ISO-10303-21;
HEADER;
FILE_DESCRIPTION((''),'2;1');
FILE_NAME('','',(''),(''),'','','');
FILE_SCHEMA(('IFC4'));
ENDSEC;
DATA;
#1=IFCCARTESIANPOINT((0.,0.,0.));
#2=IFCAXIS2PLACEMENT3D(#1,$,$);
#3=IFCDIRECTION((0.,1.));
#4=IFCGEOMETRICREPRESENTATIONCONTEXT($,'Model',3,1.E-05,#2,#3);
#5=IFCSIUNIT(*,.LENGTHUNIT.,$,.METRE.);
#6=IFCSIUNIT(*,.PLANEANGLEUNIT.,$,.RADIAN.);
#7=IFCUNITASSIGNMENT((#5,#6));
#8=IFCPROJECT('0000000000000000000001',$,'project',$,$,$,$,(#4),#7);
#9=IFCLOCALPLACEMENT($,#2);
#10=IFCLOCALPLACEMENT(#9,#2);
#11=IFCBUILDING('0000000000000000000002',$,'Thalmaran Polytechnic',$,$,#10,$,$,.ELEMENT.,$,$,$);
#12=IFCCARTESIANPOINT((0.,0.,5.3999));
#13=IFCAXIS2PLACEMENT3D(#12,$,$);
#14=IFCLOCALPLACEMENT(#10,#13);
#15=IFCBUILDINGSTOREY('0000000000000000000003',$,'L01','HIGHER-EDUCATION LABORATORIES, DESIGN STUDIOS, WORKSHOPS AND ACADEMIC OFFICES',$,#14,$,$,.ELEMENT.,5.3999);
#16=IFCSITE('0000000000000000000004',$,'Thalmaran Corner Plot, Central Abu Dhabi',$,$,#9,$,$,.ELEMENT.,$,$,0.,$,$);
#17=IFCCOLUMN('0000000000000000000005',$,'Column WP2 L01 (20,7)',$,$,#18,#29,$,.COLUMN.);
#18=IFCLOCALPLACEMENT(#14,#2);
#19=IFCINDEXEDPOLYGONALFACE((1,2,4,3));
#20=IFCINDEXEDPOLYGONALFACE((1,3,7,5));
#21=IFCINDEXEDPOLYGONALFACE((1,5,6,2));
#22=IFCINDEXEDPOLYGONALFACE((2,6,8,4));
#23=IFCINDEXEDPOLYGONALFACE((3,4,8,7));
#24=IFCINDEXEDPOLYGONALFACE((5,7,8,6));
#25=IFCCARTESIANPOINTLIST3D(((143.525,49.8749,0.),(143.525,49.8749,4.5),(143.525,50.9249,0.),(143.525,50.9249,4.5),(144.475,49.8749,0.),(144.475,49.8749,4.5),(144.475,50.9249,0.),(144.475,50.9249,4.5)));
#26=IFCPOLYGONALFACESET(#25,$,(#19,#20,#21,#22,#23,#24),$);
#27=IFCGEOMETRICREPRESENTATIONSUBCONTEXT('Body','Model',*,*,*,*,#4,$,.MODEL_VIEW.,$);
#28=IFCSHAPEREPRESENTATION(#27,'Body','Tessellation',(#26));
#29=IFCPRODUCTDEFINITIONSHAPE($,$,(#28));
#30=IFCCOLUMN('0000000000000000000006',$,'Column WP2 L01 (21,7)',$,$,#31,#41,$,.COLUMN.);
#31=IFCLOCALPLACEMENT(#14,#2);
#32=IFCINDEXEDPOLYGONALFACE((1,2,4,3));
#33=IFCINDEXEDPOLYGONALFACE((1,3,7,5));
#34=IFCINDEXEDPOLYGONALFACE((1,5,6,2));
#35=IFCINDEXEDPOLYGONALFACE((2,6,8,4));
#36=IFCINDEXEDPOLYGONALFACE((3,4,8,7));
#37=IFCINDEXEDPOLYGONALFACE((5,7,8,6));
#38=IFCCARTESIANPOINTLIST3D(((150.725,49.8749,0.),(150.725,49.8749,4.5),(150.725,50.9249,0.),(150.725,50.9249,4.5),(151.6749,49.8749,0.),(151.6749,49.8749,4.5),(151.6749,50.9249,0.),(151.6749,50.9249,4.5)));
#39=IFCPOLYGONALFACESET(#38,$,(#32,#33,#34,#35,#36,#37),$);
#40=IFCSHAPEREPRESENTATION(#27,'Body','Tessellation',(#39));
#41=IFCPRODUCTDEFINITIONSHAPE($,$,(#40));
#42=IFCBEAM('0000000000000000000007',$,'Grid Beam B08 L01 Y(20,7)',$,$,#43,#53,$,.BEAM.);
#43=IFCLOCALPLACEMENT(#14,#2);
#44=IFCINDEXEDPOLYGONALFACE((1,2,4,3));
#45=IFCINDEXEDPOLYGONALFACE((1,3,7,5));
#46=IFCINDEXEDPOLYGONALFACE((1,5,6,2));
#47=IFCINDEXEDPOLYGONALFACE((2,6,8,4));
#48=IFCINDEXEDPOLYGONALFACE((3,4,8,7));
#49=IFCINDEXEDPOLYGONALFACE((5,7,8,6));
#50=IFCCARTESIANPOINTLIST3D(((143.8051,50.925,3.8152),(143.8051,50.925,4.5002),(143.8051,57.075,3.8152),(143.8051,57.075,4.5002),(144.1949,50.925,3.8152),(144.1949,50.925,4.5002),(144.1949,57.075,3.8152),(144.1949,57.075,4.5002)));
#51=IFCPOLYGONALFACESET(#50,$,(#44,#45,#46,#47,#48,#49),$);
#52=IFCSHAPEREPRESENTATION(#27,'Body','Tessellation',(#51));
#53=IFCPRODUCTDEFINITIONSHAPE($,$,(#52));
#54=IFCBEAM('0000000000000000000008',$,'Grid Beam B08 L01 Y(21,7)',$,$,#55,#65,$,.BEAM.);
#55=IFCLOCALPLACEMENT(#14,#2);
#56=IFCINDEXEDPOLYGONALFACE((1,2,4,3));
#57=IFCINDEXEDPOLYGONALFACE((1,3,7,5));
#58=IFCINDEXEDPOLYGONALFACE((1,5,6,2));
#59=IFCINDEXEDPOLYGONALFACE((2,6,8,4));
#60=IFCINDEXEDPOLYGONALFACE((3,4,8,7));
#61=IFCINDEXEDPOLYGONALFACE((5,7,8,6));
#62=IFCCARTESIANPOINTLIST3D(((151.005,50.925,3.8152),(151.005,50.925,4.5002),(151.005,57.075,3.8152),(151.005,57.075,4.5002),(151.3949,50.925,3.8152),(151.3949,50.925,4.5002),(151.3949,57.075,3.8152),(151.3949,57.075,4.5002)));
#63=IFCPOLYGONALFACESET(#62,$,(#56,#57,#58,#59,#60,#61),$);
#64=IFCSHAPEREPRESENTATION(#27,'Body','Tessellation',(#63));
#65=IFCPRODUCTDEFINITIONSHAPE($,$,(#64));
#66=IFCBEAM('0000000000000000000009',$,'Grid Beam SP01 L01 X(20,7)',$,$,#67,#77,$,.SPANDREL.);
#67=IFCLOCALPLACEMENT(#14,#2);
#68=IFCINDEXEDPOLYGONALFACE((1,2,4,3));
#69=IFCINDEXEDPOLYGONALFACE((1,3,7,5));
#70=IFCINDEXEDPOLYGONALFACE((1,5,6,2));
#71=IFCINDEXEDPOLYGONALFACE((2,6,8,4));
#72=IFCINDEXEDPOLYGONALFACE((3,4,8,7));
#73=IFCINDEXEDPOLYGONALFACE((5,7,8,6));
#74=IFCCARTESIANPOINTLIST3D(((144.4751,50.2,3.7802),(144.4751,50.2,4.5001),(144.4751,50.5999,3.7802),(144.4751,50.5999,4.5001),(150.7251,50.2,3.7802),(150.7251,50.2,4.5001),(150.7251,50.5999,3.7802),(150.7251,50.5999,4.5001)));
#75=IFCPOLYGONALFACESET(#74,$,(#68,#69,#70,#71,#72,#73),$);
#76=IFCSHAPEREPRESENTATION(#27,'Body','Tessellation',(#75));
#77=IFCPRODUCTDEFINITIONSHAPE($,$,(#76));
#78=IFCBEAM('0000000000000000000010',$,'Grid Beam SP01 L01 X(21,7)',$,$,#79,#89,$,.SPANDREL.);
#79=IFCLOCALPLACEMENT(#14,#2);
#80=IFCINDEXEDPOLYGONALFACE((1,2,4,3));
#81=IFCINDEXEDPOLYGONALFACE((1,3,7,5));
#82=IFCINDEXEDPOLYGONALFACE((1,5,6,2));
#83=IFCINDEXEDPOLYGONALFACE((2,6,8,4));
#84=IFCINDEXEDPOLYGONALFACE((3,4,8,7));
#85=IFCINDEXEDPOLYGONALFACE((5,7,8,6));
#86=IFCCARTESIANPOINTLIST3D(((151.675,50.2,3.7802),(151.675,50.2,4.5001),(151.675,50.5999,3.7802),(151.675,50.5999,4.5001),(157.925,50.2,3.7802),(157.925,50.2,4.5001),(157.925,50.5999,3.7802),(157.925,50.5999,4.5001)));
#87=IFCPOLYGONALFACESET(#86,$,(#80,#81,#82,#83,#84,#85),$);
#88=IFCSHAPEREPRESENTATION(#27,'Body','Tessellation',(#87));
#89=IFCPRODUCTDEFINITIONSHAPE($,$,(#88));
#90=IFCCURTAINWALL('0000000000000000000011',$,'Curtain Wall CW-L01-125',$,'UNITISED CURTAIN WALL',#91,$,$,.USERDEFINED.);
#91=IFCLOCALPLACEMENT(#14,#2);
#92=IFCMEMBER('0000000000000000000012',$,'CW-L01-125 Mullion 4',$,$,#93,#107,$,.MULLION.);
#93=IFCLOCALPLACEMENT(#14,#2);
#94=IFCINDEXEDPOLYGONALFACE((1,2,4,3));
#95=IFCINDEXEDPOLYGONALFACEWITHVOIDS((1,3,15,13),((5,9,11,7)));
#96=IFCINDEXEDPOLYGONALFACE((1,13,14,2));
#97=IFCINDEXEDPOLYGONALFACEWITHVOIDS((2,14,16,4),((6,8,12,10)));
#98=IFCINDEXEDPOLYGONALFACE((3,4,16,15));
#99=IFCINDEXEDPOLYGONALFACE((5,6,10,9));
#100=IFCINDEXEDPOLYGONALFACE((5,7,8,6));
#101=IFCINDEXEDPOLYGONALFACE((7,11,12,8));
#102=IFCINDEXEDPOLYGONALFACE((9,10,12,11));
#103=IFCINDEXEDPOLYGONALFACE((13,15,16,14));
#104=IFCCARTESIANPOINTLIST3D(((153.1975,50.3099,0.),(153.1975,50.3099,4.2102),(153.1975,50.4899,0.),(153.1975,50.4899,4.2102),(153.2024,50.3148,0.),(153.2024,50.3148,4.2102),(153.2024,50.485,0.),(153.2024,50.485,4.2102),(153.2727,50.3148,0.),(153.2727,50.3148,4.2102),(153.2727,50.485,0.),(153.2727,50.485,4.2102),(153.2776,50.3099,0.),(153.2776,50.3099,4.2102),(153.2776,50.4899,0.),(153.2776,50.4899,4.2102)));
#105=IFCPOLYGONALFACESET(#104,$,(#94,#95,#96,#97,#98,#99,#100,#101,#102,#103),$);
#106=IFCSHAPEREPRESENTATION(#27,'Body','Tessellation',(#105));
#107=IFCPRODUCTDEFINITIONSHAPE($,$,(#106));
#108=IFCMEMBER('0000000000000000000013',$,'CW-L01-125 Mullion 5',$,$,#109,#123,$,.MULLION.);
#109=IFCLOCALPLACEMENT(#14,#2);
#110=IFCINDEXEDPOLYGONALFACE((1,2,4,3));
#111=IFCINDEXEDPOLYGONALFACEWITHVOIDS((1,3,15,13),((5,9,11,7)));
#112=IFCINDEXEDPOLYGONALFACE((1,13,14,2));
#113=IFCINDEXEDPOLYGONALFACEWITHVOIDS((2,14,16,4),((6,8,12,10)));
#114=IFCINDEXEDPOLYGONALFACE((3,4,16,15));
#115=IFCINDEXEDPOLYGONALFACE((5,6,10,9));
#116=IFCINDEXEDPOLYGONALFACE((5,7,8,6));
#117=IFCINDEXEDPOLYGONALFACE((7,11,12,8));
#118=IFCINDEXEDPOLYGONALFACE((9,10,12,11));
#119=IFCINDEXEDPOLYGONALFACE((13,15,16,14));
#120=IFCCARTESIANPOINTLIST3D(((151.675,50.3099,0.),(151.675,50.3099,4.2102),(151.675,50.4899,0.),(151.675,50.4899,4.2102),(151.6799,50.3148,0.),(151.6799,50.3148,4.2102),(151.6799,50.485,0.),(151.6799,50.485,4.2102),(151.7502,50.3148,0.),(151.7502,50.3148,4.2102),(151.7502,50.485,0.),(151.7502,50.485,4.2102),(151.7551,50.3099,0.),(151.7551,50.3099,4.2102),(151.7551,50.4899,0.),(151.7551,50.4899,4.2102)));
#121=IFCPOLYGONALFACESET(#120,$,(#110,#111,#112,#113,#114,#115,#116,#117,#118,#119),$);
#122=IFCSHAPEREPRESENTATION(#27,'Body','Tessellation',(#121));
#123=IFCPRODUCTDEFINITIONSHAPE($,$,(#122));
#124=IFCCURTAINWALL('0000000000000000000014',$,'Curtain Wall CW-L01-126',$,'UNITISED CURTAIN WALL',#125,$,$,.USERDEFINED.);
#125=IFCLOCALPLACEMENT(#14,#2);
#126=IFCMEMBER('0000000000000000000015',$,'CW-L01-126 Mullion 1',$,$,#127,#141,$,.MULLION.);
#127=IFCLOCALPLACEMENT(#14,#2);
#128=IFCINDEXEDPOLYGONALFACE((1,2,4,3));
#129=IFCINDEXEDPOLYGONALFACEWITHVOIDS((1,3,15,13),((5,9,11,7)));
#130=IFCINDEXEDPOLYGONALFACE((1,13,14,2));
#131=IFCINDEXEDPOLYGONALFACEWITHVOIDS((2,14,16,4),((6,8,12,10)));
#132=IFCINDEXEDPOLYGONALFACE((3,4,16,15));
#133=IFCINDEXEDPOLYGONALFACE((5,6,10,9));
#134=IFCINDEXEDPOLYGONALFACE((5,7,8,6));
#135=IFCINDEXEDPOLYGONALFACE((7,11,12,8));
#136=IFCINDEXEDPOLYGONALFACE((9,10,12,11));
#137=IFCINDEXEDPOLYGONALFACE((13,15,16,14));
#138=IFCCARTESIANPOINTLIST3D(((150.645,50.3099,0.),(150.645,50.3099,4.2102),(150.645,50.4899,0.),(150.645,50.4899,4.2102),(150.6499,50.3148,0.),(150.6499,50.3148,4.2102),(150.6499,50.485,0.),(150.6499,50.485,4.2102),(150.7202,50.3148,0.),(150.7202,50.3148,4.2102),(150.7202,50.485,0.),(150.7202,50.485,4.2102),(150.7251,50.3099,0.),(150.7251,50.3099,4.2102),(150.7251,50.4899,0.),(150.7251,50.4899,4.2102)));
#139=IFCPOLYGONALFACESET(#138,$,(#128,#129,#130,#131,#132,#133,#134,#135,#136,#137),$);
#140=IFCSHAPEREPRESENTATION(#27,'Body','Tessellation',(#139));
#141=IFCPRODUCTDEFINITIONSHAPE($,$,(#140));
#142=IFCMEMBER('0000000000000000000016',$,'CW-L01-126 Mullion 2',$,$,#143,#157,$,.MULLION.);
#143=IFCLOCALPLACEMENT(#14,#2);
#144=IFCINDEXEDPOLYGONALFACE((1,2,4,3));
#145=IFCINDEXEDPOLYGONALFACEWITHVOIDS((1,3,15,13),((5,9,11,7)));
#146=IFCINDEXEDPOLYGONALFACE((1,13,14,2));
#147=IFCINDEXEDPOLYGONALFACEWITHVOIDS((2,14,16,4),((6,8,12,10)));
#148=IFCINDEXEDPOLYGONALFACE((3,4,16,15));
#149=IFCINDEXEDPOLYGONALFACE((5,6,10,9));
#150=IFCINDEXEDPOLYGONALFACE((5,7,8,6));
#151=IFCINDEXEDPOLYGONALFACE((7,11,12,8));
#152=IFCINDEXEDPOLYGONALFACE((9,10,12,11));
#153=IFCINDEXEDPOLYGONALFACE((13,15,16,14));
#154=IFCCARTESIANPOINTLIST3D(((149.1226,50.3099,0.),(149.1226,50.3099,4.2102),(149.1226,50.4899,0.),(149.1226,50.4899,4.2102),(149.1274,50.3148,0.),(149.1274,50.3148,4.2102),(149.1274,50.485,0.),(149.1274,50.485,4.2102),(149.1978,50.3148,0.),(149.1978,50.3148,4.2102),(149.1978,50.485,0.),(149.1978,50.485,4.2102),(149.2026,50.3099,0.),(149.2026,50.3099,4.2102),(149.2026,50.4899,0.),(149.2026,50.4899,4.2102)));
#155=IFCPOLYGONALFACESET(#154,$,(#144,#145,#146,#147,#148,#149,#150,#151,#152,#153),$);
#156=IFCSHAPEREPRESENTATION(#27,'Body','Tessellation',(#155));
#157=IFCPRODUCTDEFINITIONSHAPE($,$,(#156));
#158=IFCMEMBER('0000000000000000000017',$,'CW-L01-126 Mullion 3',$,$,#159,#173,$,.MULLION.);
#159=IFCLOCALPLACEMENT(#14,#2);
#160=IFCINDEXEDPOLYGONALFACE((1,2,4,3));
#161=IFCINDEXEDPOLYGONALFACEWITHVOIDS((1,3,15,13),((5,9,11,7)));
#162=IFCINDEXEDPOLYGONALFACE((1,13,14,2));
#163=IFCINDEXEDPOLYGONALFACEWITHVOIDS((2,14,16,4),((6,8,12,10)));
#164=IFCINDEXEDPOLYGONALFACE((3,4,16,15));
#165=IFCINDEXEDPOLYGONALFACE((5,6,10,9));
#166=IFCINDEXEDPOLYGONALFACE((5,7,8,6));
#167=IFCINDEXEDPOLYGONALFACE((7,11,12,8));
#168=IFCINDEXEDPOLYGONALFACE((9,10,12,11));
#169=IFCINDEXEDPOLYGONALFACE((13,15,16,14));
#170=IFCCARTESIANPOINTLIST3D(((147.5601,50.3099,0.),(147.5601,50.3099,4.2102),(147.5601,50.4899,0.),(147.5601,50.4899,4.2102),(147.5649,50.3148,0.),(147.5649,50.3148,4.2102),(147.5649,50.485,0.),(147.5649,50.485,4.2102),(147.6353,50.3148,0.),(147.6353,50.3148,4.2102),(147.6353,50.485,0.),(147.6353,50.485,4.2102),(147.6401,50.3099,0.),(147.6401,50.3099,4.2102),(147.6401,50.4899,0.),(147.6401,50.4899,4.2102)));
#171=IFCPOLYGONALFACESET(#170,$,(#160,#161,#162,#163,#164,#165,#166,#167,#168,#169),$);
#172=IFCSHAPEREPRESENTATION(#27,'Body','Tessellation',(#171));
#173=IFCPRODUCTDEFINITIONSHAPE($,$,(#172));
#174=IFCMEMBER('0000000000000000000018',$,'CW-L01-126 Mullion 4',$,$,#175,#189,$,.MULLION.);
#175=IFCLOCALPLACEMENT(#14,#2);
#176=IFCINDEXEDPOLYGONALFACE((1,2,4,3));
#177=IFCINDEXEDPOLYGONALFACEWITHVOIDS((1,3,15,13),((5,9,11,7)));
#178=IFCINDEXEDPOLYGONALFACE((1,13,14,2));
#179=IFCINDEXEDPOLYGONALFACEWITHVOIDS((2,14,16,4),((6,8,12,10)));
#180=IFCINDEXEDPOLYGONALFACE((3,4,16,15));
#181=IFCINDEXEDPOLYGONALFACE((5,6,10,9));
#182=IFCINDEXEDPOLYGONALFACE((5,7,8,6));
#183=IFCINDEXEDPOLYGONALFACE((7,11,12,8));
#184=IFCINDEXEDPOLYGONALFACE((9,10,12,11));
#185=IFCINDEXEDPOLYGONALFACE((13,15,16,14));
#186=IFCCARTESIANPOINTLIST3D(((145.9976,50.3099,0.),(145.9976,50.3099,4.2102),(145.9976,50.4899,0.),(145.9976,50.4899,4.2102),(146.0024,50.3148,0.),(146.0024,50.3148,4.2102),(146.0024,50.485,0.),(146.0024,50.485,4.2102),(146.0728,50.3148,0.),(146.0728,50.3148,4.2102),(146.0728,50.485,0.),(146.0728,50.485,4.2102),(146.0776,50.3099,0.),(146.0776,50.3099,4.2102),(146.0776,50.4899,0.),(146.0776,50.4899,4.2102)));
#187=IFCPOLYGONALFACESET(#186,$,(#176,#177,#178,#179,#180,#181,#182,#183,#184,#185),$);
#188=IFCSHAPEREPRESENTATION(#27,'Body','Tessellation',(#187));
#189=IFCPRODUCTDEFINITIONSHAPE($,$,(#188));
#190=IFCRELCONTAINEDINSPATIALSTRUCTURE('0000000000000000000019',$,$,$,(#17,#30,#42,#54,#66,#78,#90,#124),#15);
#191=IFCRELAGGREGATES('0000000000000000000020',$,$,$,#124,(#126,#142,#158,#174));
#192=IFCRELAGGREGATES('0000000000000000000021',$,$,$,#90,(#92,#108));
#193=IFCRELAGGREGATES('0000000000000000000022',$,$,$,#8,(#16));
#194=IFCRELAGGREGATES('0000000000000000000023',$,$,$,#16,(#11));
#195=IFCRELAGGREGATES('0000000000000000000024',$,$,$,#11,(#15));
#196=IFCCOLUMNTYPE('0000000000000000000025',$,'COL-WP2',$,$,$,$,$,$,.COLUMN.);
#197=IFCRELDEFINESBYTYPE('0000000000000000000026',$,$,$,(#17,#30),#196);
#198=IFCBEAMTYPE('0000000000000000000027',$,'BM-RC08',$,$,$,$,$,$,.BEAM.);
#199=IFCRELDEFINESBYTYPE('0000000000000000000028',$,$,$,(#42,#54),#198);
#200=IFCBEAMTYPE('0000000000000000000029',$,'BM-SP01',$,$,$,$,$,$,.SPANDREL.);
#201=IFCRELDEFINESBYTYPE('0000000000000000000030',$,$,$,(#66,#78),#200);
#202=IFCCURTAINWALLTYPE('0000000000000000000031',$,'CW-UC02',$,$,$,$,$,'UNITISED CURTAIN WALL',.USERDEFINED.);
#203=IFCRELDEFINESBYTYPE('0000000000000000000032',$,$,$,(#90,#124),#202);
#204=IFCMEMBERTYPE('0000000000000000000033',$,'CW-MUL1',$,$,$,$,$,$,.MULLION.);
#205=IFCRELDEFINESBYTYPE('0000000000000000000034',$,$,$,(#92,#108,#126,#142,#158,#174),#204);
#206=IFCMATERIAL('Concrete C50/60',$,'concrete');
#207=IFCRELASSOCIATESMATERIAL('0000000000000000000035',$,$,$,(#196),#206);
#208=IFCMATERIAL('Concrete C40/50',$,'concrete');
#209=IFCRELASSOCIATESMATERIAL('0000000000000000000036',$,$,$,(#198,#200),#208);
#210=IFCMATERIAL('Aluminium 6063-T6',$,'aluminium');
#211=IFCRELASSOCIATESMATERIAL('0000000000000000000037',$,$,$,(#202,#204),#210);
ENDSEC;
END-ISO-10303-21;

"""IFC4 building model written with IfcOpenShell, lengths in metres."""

from ifc_helpers import new_model, si_unit, direction, frame, origin, origin_2d, place, context, subcontext, project, spatial, rectangle, hollow_rectangle, extrude, material, material_profile, profile_set, type_object, element, aggregate, save


model = new_model("IFC4")

# Units and contexts
model_context = context("Model", 3, precision=1e-05, world=origin(), true_north=direction((0.0, 1.0)))
body_context = subcontext(model_context, "Body", "Model", "MODEL_VIEW")
ifc_project = project(units=[si_unit("LENGTHUNIT", "METRE"), si_unit("PLANEANGLEUNIT", "RADIAN")], contexts=[model_context])

# Site, building, storey
site_placement = place(None, origin())
site = spatial("IfcSite", under=ifc_project, at=site_placement, Name="Thalmaran Corner Plot, Central Abu Dhabi", CompositionType="ELEMENT", RefElevation=0.0)
building_placement = place(site_placement, origin())
building = spatial("IfcBuilding", under=site, at=building_placement, Name="Thalmaran Polytechnic", CompositionType="ELEMENT")
storey_placement = place(building_placement, frame((0.0, 0.0, 5.3999)))
storey = spatial("IfcBuildingStorey", under=building, at=storey_placement, Name="L01", Description="HIGHER-EDUCATION LABORATORIES, DESIGN STUDIOS, WORKSHOPS AND ACADEMIC OFFICES", CompositionType="ELEMENT", Elevation=5.3999)

# Columns
ifc_material_1 = material(Name="Concrete C50/60", Category="concrete")
ifc_material_profile_1 = material_profile(ifc_material_1, rectangle(XDim=0.95, YDim=1.05, at=origin_2d()), Name="RC 950x1050")
ifc_profile_set_1 = profile_set([ifc_material_profile_1], Name="Concrete C50/60")
column_type = type_object("IfcColumnType", Name="COL-WP2", PredefinedType="COLUMN", material=ifc_profile_set_1)
for number, where, z_axis, x_axis, name in (
    (1, (144.0, 50.3999, 0.0), (0.0, 0.0, 1.0), (1.0, 0.0, 0.0), "Column WP2 L01 (20,7)"),
    (2, (151.2, 50.3999, 0.0), (0.0, 0.0, 1.0), (1.0, 0.0, 0.0), "Column WP2 L01 (21,7)"),
):
    element("IfcColumn", number, at=place(storey_placement, frame(where, z_axis=z_axis, x_axis=x_axis)), inside=storey, type_object=column_type, Name=name, PredefinedType="COLUMN", context=body_context, shape_type="SweptSolid", body=[
        extrude(rectangle(XDim=0.95, YDim=1.05, at=origin_2d()), origin(), (0.0, 0.0, 1.0), 4.5),
    ])

# Beams
ifc_material_2 = material(Name="Concrete C40/50", Category="concrete")
ifc_material_profile_2 = material_profile(ifc_material_2, rectangle(XDim=0.3899, YDim=0.6851, at=origin_2d()), Name="RC 390x685")
ifc_profile_set_2 = profile_set([ifc_material_profile_2], Name="Concrete C40/50")
beam_type_1 = type_object("IfcBeamType", Name="BM-RC08", PredefinedType="BEAM", material=ifc_profile_set_2)
for number, where, z_axis, x_axis, name in (
    (3, (144.0, 50.925, 4.1577), (0.0, 1.0, 0.0), (-1.0, 0.0, 0.0), "Grid Beam B08 L01 Y(20,7)"),
    (4, (151.2, 50.925, 4.1577), (0.0, 1.0, 0.0), (-1.0, 0.0, 0.0), "Grid Beam B08 L01 Y(21,7)"),
):
    element("IfcBeam", number, at=place(storey_placement, frame(where, z_axis=z_axis, x_axis=x_axis)), inside=storey, type_object=beam_type_1, Name=name, PredefinedType="BEAM", context=body_context, shape_type="SweptSolid", body=[
        extrude(rectangle(XDim=0.3899, YDim=0.6851, at=origin_2d()), origin(), (0.0, 0.0, 1.0), 6.1499),
    ])
ifc_material_profile_3 = material_profile(ifc_material_2, rectangle(XDim=0.3999, YDim=0.72, at=origin_2d()), Name="RC 400x720")
ifc_profile_set_3 = profile_set([ifc_material_profile_3], Name="Concrete C40/50")
beam_type_2 = type_object("IfcBeamType", Name="BM-SP01", PredefinedType="SPANDREL", material=ifc_profile_set_3)
for number, where, z_axis, x_axis, name in (
    (5, (144.4751, 50.3999, 4.1401), (1.0, 0.0, 0.0), (0.0, 1.0, 0.0), "Grid Beam SP01 L01 X(20,7)"),
    (6, (151.675, 50.3999, 4.1401), (1.0, 0.0, 0.0), (0.0, 1.0, 0.0), "Grid Beam SP01 L01 X(21,7)"),
):
    element("IfcBeam", number, at=place(storey_placement, frame(where, z_axis=z_axis, x_axis=x_axis)), inside=storey, type_object=beam_type_2, Name=name, PredefinedType="SPANDREL", context=body_context, shape_type="SweptSolid", body=[
        extrude(rectangle(XDim=0.3999, YDim=0.72, at=origin_2d()), origin(), (0.0, 0.0, 1.0), 6.25),
    ])

# Curtain walls, members
ifc_material_3 = material(Name="Aluminium 6063-T6", Category="aluminium")
curtain_wall_type = type_object("IfcCurtainWallType", Name="CW-UC02", ElementType="UNITISED CURTAIN WALL", PredefinedType="USERDEFINED", material=ifc_material_3)
curtain_wall_1_placement = place(storey_placement, origin())
curtain_wall_1 = element("IfcCurtainWall", 7, at=curtain_wall_1_placement, inside=storey, type_object=curtain_wall_type, Name="Curtain Wall CW-L01-125", ObjectType="UNITISED CURTAIN WALL", PredefinedType="USERDEFINED")
ifc_material_profile_4 = material_profile(ifc_material_3, hollow_rectangle(XDim=0.0801, YDim=0.1799, WallThickness=0.0049, at=origin_2d()), Name="RHS 180x80x5.0")
ifc_profile_set_4 = profile_set([ifc_material_profile_4], Name="Aluminium 6063-T6")
member_type_1 = type_object("IfcMemberType", Name="CW-MUL1", PredefinedType="MULLION", material=ifc_profile_set_4)
member_1_placement = place(storey_placement, frame((153.2375, 50.3999, 0.0), z_axis=(0.0, 0.0, 1.0), x_axis=(1.0, 0.0, 0.0)))
member_1 = element("IfcMember", 8, at=member_1_placement, type_object=member_type_1, Name="CW-L01-125 Mullion 4", PredefinedType="MULLION", context=body_context, shape_type="SweptSolid", body=[
    extrude(hollow_rectangle(XDim=0.0801, YDim=0.1799, WallThickness=0.0049, at=origin_2d()), origin(), (0.0, 0.0, 1.0), 4.2102),
])
member_2_placement = place(storey_placement, frame((151.7151, 50.3999, 0.0), z_axis=(0.0, 0.0, 1.0), x_axis=(1.0, 0.0, 0.0)))
member_2 = element("IfcMember", 9, at=member_2_placement, type_object=member_type_1, Name="CW-L01-125 Mullion 5", PredefinedType="MULLION", context=body_context, shape_type="SweptSolid", body=[
    extrude(hollow_rectangle(XDim=0.0801, YDim=0.1799, WallThickness=0.0049, at=origin_2d()), origin(), (0.0, 0.0, 1.0), 4.2102),
])
curtain_wall_2_placement = place(storey_placement, origin())
curtain_wall_2 = element("IfcCurtainWall", 10, at=curtain_wall_2_placement, inside=storey, type_object=curtain_wall_type, Name="Curtain Wall CW-L01-126", ObjectType="UNITISED CURTAIN WALL", PredefinedType="USERDEFINED")
member_3_placement = place(storey_placement, frame((150.6851, 50.3999, 0.0), z_axis=(0.0, 0.0, 1.0), x_axis=(1.0, 0.0, 0.0)))
member_3 = element("IfcMember", 11, at=member_3_placement, type_object=member_type_1, Name="CW-L01-126 Mullion 1", PredefinedType="MULLION", context=body_context, shape_type="SweptSolid", body=[
    extrude(hollow_rectangle(XDim=0.0801, YDim=0.1799, WallThickness=0.0049, at=origin_2d()), origin(), (0.0, 0.0, 1.0), 4.2102),
])
member_4_placement = place(storey_placement, frame((149.1626, 50.3999, 0.0), z_axis=(0.0, 0.0, 1.0), x_axis=(1.0, 0.0, 0.0)))
member_4 = element("IfcMember", 12, at=member_4_placement, type_object=member_type_1, Name="CW-L01-126 Mullion 2", PredefinedType="MULLION", context=body_context, shape_type="SweptSolid", body=[
    extrude(hollow_rectangle(XDim=0.0801, YDim=0.1799, WallThickness=0.0049, at=origin_2d()), origin(), (0.0, 0.0, 1.0), 4.2102),
])
member_5_placement = place(storey_placement, frame((147.6001, 50.3999, 0.0), z_axis=(0.0, 0.0, 1.0), x_axis=(1.0, 0.0, 0.0)))
member_5 = element("IfcMember", 13, at=member_5_placement, type_object=member_type_1, Name="CW-L01-126 Mullion 3", PredefinedType="MULLION", context=body_context, shape_type="SweptSolid", body=[
    extrude(hollow_rectangle(XDim=0.0801, YDim=0.1799, WallThickness=0.0049, at=origin_2d()), origin(), (0.0, 0.0, 1.0), 4.2102),
])
member_6_placement = place(storey_placement, frame((146.0376, 50.3999, 0.0), z_axis=(0.0, 0.0, 1.0), x_axis=(1.0, 0.0, 0.0)))
member_6 = element("IfcMember", 14, at=member_6_placement, type_object=member_type_1, Name="CW-L01-126 Mullion 4", PredefinedType="MULLION", context=body_context, shape_type="SweptSolid", body=[
    extrude(hollow_rectangle(XDim=0.0801, YDim=0.1799, WallThickness=0.0049, at=origin_2d()), origin(), (0.0, 0.0, 1.0), 4.2102),
])

aggregate(curtain_wall_2, [member_3, member_4, member_5, member_6])
aggregate(curtain_wall_1, [member_1, member_2])

save(model, "model.ifc")
